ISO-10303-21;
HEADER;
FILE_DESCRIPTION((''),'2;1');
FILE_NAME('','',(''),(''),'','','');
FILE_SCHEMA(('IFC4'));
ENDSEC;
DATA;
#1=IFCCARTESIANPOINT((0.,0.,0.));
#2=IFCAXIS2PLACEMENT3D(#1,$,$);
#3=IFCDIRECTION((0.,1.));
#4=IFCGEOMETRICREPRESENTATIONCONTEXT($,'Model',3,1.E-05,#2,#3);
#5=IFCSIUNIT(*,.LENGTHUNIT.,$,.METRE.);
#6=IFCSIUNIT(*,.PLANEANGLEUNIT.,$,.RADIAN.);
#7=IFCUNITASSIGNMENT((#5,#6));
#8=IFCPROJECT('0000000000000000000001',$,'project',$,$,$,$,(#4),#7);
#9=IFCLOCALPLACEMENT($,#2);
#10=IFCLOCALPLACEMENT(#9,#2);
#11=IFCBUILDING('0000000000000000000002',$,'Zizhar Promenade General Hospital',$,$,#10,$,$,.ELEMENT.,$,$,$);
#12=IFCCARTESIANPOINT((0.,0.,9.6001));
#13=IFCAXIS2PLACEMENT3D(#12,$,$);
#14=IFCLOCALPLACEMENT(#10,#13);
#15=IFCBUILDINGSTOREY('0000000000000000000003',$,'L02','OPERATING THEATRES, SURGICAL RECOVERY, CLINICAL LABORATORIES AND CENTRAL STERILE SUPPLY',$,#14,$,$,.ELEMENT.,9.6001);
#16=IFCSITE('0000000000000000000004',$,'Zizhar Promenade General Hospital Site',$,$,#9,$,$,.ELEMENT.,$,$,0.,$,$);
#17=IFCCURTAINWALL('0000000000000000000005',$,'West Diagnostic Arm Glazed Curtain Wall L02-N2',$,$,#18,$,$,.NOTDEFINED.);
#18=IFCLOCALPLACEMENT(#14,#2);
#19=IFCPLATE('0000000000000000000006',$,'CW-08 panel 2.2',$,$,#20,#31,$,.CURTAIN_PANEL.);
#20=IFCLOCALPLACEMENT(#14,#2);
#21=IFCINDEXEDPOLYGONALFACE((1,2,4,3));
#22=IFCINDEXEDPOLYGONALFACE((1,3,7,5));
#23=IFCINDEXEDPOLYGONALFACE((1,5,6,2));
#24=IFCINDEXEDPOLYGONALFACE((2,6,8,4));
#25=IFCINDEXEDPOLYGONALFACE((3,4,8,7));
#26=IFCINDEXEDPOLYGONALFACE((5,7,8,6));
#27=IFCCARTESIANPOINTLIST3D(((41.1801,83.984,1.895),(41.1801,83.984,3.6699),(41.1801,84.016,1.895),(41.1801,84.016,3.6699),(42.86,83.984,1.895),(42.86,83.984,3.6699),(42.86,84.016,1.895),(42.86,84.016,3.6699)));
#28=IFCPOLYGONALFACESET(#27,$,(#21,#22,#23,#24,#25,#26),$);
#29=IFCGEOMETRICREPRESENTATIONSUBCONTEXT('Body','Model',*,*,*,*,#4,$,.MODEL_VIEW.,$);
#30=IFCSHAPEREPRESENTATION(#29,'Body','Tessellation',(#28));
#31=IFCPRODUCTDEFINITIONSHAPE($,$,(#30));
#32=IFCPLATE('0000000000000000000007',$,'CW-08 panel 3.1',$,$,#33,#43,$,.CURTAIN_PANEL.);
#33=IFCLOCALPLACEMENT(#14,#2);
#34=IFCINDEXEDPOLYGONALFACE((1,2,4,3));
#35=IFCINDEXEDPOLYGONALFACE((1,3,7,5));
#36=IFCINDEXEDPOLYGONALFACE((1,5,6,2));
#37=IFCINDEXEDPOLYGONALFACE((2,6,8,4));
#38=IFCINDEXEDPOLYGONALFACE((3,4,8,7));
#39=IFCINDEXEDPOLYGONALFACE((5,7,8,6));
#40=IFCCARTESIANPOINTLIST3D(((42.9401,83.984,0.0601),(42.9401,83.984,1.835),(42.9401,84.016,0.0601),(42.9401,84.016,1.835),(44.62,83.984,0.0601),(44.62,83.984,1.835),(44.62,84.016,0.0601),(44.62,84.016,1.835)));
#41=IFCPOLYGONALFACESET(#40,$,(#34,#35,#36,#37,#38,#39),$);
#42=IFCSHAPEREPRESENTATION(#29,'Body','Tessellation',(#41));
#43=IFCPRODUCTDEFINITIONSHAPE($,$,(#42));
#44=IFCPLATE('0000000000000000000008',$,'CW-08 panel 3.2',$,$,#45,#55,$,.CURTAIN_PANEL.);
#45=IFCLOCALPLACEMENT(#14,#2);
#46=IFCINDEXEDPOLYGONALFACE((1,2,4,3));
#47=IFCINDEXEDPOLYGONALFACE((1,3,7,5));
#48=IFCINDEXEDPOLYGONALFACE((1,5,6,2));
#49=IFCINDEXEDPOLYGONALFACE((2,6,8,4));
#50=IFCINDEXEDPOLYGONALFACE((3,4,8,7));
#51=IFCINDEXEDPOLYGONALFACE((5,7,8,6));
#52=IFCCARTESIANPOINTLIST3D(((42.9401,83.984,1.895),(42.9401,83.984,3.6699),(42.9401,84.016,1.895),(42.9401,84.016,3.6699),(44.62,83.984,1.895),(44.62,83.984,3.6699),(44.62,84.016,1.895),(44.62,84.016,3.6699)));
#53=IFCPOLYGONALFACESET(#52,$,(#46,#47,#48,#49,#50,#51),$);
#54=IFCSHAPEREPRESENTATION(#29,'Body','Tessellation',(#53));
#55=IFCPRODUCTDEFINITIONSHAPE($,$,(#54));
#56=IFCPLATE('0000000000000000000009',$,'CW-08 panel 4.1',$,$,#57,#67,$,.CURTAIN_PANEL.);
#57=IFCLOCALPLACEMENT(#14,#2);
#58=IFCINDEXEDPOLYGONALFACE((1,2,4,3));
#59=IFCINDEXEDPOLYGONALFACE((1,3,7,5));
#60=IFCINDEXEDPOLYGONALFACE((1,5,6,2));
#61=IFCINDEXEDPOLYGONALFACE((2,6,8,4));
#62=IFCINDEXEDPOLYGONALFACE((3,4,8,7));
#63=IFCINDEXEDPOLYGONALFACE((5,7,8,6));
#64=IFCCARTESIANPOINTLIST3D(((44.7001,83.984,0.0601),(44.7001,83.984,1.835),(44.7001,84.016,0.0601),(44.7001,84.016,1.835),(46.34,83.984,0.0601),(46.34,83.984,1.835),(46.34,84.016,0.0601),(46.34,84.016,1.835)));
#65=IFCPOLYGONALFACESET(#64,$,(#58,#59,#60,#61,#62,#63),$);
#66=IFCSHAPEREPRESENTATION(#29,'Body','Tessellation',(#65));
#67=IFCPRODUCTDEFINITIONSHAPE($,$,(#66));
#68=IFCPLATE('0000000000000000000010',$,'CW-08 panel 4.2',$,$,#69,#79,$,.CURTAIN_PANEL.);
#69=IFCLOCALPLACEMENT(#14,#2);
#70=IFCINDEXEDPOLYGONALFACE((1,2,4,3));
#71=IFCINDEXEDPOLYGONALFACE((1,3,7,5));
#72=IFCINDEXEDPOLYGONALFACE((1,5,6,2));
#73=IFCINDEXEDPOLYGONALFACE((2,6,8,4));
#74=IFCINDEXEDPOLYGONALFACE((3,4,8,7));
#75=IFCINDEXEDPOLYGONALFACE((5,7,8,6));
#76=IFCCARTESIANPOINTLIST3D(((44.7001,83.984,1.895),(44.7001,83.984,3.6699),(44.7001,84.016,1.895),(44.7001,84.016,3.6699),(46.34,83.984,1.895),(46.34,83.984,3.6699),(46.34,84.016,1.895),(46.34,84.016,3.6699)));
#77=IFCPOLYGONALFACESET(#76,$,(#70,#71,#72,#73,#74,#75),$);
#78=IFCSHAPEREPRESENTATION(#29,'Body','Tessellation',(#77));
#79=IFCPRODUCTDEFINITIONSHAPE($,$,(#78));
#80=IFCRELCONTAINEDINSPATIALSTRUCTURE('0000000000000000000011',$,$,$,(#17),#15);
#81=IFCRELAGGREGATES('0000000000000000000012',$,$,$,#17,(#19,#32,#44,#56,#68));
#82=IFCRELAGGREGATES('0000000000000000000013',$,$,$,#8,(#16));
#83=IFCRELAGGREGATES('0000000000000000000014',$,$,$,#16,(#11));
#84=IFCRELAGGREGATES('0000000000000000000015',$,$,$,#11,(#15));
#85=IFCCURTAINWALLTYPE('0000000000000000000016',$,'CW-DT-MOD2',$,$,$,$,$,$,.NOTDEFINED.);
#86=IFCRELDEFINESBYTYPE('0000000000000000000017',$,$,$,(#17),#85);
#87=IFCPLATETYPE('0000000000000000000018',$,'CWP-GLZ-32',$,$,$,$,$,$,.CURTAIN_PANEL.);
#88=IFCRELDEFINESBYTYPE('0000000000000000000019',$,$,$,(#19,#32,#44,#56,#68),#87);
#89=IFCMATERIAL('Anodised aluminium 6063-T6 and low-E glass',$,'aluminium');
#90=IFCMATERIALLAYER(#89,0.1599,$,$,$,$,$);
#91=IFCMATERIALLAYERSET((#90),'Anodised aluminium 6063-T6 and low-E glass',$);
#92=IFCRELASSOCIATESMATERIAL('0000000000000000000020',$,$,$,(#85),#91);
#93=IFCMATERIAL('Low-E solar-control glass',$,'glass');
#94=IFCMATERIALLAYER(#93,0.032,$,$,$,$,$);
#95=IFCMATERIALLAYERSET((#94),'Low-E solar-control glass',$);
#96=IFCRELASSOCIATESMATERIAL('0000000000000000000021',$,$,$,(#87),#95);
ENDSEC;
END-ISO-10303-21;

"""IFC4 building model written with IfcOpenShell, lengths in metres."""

from ifc_helpers import new_model, si_unit, direction, frame, origin, origin_2d, place, context, subcontext, project, spatial, rectangle, extrude, material, layer, layer_set, type_object, element, aggregate, save


model = new_model("IFC4")

# Units and contexts
model_context = context("Model", 3, precision=1e-05, world=origin(), true_north=direction((0.0, 1.0)))
body_context = subcontext(model_context, "Body", "Model", "MODEL_VIEW")
ifc_project = project(units=[si_unit("LENGTHUNIT", "METRE"), si_unit("PLANEANGLEUNIT", "RADIAN")], contexts=[model_context])

# Site, building, storey
site_placement = place(None, origin())
site = spatial("IfcSite", under=ifc_project, at=site_placement, Name="Zizhar Promenade General Hospital Site", CompositionType="ELEMENT", RefElevation=0.0)
building_placement = place(site_placement, origin())
building = spatial("IfcBuilding", under=site, at=building_placement, Name="Zizhar Promenade General Hospital", CompositionType="ELEMENT")
storey_placement = place(building_placement, frame((0.0, 0.0, 9.6001)))
storey = spatial("IfcBuildingStorey", under=building, at=storey_placement, Name="L02", Description="OPERATING THEATRES, SURGICAL RECOVERY, CLINICAL LABORATORIES AND CENTRAL STERILE SUPPLY", CompositionType="ELEMENT", Elevation=9.6001)

# Curtain wall, plates
ifc_material_1 = material(Name="Anodised aluminium 6063-T6 and low-E glass", Category="aluminium")
ifc_layer_1 = layer(ifc_material_1, 0.1599)
ifc_layer_set_1 = layer_set([ifc_layer_1], Name="Anodised aluminium 6063-T6 and low-E glass")
curtain_wall_type = type_object("IfcCurtainWallType", Name="CW-DT-MOD2", PredefinedType="NOTDEFINED", material=ifc_layer_set_1)
curtain_wall_placement = place(storey_placement, origin())
curtain_wall = element("IfcCurtainWall", 1, at=curtain_wall_placement, inside=storey, type_object=curtain_wall_type, Name="West Diagnostic Arm Glazed Curtain Wall L02-N2", PredefinedType="NOTDEFINED")
ifc_material_2 = material(Name="Low-E solar-control glass", Category="glass")
ifc_layer_2 = layer(ifc_material_2, 0.032)
ifc_layer_set_2 = layer_set([ifc_layer_2], Name="Low-E solar-control glass")
plate_type = type_object("IfcPlateType", Name="CWP-GLZ-32", PredefinedType="CURTAIN_PANEL", material=ifc_layer_set_2)
plate_1_placement = place(storey_placement, frame((42.02, 84.0, 1.895), z_axis=(0.0, 0.0, 1.0), x_axis=(1.0, 0.0, 0.0)))
plate_1 = element("IfcPlate", 2, at=plate_1_placement, type_object=plate_type, Name="CW-08 panel 2.2", PredefinedType="CURTAIN_PANEL", context=body_context, shape_type="SweptSolid", body=[
    extrude(rectangle(XDim=1.6799, YDim=0.032, at=origin_2d()), origin(), (0.0, 0.0, 1.0), 1.7749),
])
plate_2_placement = place(storey_placement, frame((43.78, 84.0, 0.0601), z_axis=(0.0, 0.0, 1.0), x_axis=(1.0, 0.0, 0.0)))
plate_2 = element("IfcPlate", 3, at=plate_2_placement, type_object=plate_type, Name="CW-08 panel 3.1", PredefinedType="CURTAIN_PANEL", context=body_context, shape_type="SweptSolid", body=[
    extrude(rectangle(XDim=1.6799, YDim=0.032, at=origin_2d()), origin(), (0.0, 0.0, 1.0), 1.7749),
])
plate_3_placement = place(storey_placement, frame((43.78, 84.0, 1.895), z_axis=(0.0, 0.0, 1.0), x_axis=(1.0, 0.0, 0.0)))
plate_3 = element("IfcPlate", 4, at=plate_3_placement, type_object=plate_type, Name="CW-08 panel 3.2", PredefinedType="CURTAIN_PANEL", context=body_context, shape_type="SweptSolid", body=[
    extrude(rectangle(XDim=1.6799, YDim=0.032, at=origin_2d()), origin(), (0.0, 0.0, 1.0), 1.7749),
])
plate_4_placement = place(storey_placement, frame((45.52, 84.0, 0.0601), z_axis=(0.0, 0.0, 1.0), x_axis=(1.0, 0.0, 0.0)))
plate_4 = element("IfcPlate", 5, at=plate_4_placement, type_object=plate_type, Name="CW-08 panel 4.1", PredefinedType="CURTAIN_PANEL", context=body_context, shape_type="SweptSolid", body=[
    extrude(rectangle(XDim=1.6399, YDim=0.032, at=origin_2d()), origin(), (0.0, 0.0, 1.0), 1.7749),
])
plate_5_placement = place(storey_placement, frame((45.52, 84.0, 1.895), z_axis=(0.0, 0.0, 1.0), x_axis=(1.0, 0.0, 0.0)))
plate_5 = element("IfcPlate", 6, at=plate_5_placement, type_object=plate_type, Name="CW-08 panel 4.2", PredefinedType="CURTAIN_PANEL", context=body_context, shape_type="SweptSolid", body=[
    extrude(rectangle(XDim=1.6399, YDim=0.032, at=origin_2d()), origin(), (0.0, 0.0, 1.0), 1.7749),
])
aggregate(curtain_wall, [plate_1, plate_2, plate_3, plate_4, plate_5])

save(model, "model.ifc")
